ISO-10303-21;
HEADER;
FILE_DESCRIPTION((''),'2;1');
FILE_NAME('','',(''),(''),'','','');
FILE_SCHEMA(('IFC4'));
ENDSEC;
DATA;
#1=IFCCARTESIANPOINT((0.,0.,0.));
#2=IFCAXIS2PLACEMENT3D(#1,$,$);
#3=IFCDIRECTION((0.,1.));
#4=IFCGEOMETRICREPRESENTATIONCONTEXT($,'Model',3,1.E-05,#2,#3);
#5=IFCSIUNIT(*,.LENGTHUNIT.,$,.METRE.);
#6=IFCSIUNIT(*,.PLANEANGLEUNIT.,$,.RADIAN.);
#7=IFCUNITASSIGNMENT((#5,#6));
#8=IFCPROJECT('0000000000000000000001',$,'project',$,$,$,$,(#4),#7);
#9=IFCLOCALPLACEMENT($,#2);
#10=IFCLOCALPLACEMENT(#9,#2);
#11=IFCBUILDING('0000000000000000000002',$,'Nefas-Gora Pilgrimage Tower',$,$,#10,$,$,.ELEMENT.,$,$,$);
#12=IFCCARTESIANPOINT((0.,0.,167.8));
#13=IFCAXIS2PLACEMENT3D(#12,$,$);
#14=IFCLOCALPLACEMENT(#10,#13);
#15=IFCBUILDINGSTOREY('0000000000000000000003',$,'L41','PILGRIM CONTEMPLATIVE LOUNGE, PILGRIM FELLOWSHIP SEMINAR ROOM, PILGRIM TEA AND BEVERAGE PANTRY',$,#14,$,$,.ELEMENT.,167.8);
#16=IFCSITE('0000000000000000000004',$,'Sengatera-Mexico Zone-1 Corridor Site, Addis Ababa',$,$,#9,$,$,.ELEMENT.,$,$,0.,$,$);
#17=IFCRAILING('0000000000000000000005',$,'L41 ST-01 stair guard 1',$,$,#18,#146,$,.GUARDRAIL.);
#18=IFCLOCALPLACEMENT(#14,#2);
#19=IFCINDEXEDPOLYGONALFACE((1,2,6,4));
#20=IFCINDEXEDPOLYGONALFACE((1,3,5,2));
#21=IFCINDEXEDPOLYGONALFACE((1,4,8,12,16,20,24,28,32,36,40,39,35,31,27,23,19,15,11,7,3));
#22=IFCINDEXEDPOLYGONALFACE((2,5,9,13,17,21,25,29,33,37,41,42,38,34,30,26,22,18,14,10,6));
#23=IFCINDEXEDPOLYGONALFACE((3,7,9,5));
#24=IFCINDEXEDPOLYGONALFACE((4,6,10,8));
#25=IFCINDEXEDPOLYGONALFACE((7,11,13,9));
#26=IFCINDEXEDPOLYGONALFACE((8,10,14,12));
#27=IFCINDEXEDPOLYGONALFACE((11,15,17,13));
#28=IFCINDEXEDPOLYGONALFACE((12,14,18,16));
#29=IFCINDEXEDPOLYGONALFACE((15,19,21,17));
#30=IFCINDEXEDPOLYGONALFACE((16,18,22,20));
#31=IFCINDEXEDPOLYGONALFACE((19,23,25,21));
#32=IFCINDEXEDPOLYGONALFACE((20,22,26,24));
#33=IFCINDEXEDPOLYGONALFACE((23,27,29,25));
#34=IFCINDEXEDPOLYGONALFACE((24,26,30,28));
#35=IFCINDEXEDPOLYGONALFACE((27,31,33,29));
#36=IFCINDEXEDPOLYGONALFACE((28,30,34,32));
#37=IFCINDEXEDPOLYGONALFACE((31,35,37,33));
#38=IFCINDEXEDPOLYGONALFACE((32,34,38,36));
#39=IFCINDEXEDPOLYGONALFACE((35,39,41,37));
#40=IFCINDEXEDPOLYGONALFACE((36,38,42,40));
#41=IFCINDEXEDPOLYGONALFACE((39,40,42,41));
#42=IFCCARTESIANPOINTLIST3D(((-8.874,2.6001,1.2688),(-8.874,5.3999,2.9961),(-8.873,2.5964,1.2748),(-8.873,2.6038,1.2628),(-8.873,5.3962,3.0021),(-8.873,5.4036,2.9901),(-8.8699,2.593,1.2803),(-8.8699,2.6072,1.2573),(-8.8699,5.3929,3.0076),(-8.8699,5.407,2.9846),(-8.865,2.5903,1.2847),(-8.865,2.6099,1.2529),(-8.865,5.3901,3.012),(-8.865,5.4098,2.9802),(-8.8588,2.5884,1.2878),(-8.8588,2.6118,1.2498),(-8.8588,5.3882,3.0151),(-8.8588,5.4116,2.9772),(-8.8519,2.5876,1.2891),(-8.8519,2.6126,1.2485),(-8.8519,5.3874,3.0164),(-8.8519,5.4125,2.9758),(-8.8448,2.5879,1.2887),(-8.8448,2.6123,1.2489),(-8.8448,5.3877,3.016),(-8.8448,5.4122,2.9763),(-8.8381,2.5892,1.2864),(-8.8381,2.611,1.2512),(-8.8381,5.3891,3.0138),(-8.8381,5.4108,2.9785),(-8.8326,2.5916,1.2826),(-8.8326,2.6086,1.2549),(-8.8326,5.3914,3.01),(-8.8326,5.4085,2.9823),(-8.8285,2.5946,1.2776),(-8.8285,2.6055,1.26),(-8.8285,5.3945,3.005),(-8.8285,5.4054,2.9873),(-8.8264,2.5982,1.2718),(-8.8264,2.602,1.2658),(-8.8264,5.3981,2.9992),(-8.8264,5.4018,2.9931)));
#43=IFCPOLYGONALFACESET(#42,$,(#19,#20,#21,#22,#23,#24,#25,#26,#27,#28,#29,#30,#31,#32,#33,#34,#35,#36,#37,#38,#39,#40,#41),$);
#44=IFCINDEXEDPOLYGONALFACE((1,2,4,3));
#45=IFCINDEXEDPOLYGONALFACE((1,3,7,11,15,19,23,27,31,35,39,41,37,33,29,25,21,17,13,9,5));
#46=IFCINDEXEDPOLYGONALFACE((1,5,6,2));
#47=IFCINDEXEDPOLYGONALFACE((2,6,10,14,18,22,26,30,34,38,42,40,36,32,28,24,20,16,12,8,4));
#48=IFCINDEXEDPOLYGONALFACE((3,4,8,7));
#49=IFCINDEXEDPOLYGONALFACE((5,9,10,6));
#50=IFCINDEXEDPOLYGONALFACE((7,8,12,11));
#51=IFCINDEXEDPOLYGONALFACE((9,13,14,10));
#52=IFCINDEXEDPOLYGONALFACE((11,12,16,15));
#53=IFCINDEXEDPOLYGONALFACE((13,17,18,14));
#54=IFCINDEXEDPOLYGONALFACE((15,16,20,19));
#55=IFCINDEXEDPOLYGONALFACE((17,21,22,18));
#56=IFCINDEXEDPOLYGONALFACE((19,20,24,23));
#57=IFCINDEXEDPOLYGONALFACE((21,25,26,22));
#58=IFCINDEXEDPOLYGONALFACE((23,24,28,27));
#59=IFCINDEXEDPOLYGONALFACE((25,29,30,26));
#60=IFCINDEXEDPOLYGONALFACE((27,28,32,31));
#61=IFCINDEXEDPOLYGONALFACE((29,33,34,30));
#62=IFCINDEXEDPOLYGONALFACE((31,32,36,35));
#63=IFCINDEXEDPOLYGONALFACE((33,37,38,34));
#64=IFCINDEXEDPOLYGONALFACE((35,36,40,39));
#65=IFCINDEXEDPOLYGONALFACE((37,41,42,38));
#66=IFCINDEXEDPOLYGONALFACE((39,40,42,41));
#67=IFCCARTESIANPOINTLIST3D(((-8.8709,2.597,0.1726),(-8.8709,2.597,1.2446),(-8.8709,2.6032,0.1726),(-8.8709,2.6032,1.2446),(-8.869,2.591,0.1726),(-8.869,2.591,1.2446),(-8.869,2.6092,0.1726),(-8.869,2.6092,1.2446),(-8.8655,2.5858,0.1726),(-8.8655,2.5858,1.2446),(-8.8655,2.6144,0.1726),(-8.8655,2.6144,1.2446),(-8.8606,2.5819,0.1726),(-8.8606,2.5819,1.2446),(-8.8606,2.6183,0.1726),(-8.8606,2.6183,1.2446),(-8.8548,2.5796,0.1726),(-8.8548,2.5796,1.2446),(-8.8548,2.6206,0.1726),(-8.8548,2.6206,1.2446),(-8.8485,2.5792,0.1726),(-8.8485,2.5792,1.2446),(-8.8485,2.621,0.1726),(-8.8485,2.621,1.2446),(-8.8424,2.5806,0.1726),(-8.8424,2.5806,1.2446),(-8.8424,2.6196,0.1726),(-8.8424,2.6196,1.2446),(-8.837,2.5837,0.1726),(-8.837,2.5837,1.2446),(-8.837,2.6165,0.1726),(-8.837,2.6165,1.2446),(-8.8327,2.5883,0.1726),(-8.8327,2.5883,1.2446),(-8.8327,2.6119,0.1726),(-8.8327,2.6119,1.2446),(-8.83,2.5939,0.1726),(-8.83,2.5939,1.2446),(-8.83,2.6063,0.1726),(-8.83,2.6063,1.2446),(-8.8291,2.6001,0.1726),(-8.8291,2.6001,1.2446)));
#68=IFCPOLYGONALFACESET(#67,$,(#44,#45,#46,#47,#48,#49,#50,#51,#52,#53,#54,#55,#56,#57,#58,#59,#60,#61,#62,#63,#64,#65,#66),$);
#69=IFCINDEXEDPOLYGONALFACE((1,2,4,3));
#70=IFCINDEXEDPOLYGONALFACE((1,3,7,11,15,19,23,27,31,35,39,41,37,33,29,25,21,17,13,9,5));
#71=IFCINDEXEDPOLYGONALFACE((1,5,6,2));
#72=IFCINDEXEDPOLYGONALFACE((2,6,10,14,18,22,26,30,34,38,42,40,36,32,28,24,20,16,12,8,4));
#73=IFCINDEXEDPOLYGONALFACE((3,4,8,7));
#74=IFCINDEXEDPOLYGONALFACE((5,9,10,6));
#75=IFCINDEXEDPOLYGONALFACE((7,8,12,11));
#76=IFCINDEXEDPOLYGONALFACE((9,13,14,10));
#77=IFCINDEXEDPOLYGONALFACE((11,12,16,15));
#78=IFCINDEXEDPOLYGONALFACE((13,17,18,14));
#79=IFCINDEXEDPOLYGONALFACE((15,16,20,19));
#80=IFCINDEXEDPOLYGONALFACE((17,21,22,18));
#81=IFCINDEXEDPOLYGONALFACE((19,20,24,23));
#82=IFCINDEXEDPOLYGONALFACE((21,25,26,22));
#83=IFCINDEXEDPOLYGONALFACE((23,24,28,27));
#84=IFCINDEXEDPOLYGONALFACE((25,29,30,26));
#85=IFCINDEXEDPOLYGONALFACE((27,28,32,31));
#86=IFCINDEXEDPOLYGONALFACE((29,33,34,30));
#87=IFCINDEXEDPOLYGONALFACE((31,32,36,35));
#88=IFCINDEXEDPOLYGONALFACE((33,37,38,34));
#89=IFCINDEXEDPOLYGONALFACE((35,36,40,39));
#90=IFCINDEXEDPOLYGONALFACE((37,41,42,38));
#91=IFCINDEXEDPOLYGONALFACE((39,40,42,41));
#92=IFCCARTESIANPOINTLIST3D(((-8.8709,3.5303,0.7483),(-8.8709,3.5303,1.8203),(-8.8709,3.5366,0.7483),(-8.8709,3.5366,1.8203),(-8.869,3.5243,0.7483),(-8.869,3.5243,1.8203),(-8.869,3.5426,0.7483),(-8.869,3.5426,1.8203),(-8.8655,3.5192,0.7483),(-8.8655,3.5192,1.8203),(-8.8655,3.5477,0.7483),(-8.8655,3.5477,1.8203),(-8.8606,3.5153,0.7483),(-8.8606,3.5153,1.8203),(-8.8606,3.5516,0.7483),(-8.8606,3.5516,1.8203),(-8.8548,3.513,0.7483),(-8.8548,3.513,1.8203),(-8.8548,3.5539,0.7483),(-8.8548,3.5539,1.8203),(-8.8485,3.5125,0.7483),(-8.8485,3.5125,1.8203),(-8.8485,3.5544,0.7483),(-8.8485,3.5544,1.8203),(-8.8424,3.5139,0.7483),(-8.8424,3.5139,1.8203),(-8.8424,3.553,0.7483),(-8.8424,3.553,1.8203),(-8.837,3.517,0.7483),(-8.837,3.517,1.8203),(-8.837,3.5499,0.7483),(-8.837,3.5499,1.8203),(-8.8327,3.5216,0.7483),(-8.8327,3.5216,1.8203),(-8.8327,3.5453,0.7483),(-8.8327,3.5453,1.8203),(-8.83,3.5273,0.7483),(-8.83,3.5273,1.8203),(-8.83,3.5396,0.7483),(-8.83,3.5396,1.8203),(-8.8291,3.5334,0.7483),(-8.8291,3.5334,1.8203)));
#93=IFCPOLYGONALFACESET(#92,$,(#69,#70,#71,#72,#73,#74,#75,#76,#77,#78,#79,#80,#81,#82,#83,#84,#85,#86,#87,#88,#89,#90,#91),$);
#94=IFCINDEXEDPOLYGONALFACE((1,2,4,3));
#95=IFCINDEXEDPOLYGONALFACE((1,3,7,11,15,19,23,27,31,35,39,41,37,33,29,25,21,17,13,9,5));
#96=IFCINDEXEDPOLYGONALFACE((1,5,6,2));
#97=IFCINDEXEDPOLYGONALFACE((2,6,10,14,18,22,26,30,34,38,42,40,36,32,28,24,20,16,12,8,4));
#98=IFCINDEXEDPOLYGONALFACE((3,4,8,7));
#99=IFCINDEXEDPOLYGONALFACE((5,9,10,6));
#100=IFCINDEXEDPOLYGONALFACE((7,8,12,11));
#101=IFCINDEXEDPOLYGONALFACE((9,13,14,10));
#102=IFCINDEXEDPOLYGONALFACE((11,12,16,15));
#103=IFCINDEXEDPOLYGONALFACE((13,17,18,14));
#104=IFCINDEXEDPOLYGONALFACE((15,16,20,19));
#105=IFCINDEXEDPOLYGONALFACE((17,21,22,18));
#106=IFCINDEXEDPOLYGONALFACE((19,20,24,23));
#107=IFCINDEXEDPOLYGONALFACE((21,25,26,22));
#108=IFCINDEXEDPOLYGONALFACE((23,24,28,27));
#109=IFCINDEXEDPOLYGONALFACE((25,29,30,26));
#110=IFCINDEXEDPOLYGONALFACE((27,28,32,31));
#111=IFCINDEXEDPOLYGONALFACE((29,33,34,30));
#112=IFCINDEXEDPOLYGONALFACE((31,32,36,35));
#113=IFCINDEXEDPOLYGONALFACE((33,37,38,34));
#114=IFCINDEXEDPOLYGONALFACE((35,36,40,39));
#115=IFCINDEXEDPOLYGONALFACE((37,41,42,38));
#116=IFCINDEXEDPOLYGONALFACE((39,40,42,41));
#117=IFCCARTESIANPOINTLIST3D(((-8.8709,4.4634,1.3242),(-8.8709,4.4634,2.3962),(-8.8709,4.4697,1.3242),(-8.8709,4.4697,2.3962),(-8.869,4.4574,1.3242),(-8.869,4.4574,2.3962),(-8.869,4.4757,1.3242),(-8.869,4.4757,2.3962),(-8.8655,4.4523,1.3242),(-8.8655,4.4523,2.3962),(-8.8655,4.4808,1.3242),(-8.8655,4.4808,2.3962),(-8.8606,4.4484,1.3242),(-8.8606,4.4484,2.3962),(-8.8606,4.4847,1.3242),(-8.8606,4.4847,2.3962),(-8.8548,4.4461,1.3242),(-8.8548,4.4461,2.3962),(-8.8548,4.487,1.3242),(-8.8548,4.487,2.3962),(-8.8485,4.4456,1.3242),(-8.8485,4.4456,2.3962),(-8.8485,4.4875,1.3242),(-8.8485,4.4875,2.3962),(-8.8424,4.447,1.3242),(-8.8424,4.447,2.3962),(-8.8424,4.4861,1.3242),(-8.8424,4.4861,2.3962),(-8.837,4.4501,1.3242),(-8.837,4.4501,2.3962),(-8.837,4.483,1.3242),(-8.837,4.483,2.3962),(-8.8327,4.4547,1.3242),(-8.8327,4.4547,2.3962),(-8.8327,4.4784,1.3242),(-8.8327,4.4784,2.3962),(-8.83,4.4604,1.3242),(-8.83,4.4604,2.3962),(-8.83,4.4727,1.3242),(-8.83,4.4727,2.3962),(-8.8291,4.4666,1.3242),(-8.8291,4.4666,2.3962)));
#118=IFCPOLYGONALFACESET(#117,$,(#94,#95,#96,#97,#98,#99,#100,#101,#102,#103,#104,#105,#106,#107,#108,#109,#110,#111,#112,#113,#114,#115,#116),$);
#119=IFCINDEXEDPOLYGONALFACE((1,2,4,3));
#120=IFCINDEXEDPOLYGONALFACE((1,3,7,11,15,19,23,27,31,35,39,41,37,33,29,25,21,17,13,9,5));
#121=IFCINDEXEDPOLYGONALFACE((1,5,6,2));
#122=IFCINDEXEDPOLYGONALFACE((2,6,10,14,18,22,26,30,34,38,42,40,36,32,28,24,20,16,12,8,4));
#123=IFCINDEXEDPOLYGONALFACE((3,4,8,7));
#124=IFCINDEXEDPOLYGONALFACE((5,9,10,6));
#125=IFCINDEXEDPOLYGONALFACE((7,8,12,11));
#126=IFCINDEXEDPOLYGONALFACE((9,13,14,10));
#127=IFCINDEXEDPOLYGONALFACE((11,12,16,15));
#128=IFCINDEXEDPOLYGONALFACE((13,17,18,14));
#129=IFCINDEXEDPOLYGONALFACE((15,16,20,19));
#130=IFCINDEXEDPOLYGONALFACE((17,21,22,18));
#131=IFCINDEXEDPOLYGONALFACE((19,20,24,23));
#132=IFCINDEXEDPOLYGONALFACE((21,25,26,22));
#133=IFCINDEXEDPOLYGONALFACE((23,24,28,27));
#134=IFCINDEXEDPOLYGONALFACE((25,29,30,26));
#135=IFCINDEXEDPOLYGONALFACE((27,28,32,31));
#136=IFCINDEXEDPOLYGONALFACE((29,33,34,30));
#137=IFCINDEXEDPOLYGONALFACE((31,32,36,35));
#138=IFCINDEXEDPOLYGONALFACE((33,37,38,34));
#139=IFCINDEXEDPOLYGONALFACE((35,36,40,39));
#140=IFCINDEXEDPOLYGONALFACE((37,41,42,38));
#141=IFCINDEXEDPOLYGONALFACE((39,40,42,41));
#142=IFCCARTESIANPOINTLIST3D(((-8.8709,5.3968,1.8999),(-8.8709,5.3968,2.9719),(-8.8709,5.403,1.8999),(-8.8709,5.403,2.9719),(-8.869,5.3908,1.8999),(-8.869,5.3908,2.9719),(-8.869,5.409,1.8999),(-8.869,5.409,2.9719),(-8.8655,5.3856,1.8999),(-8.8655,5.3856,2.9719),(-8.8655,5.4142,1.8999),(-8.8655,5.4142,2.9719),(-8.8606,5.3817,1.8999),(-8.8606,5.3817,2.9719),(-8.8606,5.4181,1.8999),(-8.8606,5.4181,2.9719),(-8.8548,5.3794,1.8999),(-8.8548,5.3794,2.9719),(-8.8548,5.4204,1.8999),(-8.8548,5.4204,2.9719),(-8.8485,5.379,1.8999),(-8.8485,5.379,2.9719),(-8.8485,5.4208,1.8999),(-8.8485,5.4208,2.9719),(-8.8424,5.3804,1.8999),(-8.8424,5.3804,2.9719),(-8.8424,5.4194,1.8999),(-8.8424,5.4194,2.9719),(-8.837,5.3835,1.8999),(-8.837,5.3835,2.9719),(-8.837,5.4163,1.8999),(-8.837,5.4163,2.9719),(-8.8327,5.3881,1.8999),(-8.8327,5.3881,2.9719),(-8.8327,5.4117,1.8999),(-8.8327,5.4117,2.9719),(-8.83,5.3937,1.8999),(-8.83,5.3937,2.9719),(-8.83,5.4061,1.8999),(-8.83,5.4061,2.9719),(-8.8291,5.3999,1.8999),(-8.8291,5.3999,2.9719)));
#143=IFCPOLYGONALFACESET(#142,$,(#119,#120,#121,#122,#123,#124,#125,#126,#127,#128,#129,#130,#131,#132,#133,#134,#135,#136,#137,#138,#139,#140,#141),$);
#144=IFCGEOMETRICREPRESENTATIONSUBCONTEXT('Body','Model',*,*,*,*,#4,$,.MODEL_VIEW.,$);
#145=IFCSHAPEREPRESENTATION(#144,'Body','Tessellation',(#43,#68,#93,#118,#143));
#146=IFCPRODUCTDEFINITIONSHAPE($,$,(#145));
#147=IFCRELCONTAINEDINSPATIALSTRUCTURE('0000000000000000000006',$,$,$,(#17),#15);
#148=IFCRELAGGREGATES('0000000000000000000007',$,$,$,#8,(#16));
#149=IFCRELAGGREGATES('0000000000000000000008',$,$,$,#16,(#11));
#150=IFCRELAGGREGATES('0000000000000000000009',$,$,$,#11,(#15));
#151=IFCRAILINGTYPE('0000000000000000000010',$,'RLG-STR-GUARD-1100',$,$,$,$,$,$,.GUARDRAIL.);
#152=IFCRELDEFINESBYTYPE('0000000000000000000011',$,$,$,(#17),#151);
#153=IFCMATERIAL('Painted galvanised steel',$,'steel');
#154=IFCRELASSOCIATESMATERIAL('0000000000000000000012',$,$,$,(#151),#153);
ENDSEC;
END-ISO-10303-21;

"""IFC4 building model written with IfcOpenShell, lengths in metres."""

from ifc_helpers import new_model, si_unit, direction, frame, origin, origin_2d, place, context, subcontext, project, spatial, circle, extrude, material, type_object, element, save


model = new_model("IFC4")

# Units and contexts
model_context = context("Model", 3, precision=1e-05, world=origin(), true_north=direction((0.0, 1.0)))
body_context = subcontext(model_context, "Body", "Model", "MODEL_VIEW")
ifc_project = project(units=[si_unit("LENGTHUNIT", "METRE"), si_unit("PLANEANGLEUNIT", "RADIAN")], contexts=[model_context])

# Site, building, storey
site_placement = place(None, origin())
site = spatial("IfcSite", under=ifc_project, at=site_placement, Name="Sengatera-Mexico Zone-1 Corridor Site, Addis Ababa", CompositionType="ELEMENT", RefElevation=0.0)
building_placement = place(site_placement, origin())
building = spatial("IfcBuilding", under=site, at=building_placement, Name="Nefas-Gora Pilgrimage Tower", CompositionType="ELEMENT")
storey_placement = place(building_placement, frame((0.0, 0.0, 167.8)))
storey = spatial("IfcBuildingStorey", under=building, at=storey_placement, Name="L41", Description="PILGRIM CONTEMPLATIVE LOUNGE, PILGRIM FELLOWSHIP SEMINAR ROOM, PILGRIM TEA AND BEVERAGE PANTRY", CompositionType="ELEMENT", Elevation=167.8)

# Railing
ifc_material_1 = material(Name="Painted galvanised steel", Category="steel")
railing_type_1 = type_object("IfcRailingType", Name="RLG-STR-GUARD-1100", PredefinedType="GUARDRAIL", material=ifc_material_1)
railing_1_placement = place(storey_placement, frame((-8.8501, 2.6001, 0.1726)))
element("IfcRailing", 1, at=railing_1_placement, inside=storey, type_object=railing_type_1, Name="L41 ST-01 stair guard 1", PredefinedType="GUARDRAIL", context=body_context, shape_type="SweptSolid", body=[
    extrude(circle(Radius=0.0239, at=origin_2d()), frame((0.0, 0.0, 1.0962), z_axis=(0.0, 0.851069, 0.525054), x_axis=(-1.0, 0.0, 0.0)), (0.0, 0.0, 1.0), 3.2898),
    extrude(circle(Radius=0.021, at=origin_2d()), origin(), (0.0, 0.0, 1.0), 1.072),
    extrude(circle(Radius=0.021, at=origin_2d()), frame((0.0, 0.9333, 0.5757)), (0.0, 0.0, 1.0), 1.072),
    extrude(circle(Radius=0.021, at=origin_2d()), frame((0.0, 1.8665, 1.1516)), (0.0, 0.0, 1.0), 1.072),
    extrude(circle(Radius=0.021, at=origin_2d()), frame((0.0, 2.7998, 1.7273)), (0.0, 0.0, 1.0), 1.072),
])

save(model, "model.ifc")
